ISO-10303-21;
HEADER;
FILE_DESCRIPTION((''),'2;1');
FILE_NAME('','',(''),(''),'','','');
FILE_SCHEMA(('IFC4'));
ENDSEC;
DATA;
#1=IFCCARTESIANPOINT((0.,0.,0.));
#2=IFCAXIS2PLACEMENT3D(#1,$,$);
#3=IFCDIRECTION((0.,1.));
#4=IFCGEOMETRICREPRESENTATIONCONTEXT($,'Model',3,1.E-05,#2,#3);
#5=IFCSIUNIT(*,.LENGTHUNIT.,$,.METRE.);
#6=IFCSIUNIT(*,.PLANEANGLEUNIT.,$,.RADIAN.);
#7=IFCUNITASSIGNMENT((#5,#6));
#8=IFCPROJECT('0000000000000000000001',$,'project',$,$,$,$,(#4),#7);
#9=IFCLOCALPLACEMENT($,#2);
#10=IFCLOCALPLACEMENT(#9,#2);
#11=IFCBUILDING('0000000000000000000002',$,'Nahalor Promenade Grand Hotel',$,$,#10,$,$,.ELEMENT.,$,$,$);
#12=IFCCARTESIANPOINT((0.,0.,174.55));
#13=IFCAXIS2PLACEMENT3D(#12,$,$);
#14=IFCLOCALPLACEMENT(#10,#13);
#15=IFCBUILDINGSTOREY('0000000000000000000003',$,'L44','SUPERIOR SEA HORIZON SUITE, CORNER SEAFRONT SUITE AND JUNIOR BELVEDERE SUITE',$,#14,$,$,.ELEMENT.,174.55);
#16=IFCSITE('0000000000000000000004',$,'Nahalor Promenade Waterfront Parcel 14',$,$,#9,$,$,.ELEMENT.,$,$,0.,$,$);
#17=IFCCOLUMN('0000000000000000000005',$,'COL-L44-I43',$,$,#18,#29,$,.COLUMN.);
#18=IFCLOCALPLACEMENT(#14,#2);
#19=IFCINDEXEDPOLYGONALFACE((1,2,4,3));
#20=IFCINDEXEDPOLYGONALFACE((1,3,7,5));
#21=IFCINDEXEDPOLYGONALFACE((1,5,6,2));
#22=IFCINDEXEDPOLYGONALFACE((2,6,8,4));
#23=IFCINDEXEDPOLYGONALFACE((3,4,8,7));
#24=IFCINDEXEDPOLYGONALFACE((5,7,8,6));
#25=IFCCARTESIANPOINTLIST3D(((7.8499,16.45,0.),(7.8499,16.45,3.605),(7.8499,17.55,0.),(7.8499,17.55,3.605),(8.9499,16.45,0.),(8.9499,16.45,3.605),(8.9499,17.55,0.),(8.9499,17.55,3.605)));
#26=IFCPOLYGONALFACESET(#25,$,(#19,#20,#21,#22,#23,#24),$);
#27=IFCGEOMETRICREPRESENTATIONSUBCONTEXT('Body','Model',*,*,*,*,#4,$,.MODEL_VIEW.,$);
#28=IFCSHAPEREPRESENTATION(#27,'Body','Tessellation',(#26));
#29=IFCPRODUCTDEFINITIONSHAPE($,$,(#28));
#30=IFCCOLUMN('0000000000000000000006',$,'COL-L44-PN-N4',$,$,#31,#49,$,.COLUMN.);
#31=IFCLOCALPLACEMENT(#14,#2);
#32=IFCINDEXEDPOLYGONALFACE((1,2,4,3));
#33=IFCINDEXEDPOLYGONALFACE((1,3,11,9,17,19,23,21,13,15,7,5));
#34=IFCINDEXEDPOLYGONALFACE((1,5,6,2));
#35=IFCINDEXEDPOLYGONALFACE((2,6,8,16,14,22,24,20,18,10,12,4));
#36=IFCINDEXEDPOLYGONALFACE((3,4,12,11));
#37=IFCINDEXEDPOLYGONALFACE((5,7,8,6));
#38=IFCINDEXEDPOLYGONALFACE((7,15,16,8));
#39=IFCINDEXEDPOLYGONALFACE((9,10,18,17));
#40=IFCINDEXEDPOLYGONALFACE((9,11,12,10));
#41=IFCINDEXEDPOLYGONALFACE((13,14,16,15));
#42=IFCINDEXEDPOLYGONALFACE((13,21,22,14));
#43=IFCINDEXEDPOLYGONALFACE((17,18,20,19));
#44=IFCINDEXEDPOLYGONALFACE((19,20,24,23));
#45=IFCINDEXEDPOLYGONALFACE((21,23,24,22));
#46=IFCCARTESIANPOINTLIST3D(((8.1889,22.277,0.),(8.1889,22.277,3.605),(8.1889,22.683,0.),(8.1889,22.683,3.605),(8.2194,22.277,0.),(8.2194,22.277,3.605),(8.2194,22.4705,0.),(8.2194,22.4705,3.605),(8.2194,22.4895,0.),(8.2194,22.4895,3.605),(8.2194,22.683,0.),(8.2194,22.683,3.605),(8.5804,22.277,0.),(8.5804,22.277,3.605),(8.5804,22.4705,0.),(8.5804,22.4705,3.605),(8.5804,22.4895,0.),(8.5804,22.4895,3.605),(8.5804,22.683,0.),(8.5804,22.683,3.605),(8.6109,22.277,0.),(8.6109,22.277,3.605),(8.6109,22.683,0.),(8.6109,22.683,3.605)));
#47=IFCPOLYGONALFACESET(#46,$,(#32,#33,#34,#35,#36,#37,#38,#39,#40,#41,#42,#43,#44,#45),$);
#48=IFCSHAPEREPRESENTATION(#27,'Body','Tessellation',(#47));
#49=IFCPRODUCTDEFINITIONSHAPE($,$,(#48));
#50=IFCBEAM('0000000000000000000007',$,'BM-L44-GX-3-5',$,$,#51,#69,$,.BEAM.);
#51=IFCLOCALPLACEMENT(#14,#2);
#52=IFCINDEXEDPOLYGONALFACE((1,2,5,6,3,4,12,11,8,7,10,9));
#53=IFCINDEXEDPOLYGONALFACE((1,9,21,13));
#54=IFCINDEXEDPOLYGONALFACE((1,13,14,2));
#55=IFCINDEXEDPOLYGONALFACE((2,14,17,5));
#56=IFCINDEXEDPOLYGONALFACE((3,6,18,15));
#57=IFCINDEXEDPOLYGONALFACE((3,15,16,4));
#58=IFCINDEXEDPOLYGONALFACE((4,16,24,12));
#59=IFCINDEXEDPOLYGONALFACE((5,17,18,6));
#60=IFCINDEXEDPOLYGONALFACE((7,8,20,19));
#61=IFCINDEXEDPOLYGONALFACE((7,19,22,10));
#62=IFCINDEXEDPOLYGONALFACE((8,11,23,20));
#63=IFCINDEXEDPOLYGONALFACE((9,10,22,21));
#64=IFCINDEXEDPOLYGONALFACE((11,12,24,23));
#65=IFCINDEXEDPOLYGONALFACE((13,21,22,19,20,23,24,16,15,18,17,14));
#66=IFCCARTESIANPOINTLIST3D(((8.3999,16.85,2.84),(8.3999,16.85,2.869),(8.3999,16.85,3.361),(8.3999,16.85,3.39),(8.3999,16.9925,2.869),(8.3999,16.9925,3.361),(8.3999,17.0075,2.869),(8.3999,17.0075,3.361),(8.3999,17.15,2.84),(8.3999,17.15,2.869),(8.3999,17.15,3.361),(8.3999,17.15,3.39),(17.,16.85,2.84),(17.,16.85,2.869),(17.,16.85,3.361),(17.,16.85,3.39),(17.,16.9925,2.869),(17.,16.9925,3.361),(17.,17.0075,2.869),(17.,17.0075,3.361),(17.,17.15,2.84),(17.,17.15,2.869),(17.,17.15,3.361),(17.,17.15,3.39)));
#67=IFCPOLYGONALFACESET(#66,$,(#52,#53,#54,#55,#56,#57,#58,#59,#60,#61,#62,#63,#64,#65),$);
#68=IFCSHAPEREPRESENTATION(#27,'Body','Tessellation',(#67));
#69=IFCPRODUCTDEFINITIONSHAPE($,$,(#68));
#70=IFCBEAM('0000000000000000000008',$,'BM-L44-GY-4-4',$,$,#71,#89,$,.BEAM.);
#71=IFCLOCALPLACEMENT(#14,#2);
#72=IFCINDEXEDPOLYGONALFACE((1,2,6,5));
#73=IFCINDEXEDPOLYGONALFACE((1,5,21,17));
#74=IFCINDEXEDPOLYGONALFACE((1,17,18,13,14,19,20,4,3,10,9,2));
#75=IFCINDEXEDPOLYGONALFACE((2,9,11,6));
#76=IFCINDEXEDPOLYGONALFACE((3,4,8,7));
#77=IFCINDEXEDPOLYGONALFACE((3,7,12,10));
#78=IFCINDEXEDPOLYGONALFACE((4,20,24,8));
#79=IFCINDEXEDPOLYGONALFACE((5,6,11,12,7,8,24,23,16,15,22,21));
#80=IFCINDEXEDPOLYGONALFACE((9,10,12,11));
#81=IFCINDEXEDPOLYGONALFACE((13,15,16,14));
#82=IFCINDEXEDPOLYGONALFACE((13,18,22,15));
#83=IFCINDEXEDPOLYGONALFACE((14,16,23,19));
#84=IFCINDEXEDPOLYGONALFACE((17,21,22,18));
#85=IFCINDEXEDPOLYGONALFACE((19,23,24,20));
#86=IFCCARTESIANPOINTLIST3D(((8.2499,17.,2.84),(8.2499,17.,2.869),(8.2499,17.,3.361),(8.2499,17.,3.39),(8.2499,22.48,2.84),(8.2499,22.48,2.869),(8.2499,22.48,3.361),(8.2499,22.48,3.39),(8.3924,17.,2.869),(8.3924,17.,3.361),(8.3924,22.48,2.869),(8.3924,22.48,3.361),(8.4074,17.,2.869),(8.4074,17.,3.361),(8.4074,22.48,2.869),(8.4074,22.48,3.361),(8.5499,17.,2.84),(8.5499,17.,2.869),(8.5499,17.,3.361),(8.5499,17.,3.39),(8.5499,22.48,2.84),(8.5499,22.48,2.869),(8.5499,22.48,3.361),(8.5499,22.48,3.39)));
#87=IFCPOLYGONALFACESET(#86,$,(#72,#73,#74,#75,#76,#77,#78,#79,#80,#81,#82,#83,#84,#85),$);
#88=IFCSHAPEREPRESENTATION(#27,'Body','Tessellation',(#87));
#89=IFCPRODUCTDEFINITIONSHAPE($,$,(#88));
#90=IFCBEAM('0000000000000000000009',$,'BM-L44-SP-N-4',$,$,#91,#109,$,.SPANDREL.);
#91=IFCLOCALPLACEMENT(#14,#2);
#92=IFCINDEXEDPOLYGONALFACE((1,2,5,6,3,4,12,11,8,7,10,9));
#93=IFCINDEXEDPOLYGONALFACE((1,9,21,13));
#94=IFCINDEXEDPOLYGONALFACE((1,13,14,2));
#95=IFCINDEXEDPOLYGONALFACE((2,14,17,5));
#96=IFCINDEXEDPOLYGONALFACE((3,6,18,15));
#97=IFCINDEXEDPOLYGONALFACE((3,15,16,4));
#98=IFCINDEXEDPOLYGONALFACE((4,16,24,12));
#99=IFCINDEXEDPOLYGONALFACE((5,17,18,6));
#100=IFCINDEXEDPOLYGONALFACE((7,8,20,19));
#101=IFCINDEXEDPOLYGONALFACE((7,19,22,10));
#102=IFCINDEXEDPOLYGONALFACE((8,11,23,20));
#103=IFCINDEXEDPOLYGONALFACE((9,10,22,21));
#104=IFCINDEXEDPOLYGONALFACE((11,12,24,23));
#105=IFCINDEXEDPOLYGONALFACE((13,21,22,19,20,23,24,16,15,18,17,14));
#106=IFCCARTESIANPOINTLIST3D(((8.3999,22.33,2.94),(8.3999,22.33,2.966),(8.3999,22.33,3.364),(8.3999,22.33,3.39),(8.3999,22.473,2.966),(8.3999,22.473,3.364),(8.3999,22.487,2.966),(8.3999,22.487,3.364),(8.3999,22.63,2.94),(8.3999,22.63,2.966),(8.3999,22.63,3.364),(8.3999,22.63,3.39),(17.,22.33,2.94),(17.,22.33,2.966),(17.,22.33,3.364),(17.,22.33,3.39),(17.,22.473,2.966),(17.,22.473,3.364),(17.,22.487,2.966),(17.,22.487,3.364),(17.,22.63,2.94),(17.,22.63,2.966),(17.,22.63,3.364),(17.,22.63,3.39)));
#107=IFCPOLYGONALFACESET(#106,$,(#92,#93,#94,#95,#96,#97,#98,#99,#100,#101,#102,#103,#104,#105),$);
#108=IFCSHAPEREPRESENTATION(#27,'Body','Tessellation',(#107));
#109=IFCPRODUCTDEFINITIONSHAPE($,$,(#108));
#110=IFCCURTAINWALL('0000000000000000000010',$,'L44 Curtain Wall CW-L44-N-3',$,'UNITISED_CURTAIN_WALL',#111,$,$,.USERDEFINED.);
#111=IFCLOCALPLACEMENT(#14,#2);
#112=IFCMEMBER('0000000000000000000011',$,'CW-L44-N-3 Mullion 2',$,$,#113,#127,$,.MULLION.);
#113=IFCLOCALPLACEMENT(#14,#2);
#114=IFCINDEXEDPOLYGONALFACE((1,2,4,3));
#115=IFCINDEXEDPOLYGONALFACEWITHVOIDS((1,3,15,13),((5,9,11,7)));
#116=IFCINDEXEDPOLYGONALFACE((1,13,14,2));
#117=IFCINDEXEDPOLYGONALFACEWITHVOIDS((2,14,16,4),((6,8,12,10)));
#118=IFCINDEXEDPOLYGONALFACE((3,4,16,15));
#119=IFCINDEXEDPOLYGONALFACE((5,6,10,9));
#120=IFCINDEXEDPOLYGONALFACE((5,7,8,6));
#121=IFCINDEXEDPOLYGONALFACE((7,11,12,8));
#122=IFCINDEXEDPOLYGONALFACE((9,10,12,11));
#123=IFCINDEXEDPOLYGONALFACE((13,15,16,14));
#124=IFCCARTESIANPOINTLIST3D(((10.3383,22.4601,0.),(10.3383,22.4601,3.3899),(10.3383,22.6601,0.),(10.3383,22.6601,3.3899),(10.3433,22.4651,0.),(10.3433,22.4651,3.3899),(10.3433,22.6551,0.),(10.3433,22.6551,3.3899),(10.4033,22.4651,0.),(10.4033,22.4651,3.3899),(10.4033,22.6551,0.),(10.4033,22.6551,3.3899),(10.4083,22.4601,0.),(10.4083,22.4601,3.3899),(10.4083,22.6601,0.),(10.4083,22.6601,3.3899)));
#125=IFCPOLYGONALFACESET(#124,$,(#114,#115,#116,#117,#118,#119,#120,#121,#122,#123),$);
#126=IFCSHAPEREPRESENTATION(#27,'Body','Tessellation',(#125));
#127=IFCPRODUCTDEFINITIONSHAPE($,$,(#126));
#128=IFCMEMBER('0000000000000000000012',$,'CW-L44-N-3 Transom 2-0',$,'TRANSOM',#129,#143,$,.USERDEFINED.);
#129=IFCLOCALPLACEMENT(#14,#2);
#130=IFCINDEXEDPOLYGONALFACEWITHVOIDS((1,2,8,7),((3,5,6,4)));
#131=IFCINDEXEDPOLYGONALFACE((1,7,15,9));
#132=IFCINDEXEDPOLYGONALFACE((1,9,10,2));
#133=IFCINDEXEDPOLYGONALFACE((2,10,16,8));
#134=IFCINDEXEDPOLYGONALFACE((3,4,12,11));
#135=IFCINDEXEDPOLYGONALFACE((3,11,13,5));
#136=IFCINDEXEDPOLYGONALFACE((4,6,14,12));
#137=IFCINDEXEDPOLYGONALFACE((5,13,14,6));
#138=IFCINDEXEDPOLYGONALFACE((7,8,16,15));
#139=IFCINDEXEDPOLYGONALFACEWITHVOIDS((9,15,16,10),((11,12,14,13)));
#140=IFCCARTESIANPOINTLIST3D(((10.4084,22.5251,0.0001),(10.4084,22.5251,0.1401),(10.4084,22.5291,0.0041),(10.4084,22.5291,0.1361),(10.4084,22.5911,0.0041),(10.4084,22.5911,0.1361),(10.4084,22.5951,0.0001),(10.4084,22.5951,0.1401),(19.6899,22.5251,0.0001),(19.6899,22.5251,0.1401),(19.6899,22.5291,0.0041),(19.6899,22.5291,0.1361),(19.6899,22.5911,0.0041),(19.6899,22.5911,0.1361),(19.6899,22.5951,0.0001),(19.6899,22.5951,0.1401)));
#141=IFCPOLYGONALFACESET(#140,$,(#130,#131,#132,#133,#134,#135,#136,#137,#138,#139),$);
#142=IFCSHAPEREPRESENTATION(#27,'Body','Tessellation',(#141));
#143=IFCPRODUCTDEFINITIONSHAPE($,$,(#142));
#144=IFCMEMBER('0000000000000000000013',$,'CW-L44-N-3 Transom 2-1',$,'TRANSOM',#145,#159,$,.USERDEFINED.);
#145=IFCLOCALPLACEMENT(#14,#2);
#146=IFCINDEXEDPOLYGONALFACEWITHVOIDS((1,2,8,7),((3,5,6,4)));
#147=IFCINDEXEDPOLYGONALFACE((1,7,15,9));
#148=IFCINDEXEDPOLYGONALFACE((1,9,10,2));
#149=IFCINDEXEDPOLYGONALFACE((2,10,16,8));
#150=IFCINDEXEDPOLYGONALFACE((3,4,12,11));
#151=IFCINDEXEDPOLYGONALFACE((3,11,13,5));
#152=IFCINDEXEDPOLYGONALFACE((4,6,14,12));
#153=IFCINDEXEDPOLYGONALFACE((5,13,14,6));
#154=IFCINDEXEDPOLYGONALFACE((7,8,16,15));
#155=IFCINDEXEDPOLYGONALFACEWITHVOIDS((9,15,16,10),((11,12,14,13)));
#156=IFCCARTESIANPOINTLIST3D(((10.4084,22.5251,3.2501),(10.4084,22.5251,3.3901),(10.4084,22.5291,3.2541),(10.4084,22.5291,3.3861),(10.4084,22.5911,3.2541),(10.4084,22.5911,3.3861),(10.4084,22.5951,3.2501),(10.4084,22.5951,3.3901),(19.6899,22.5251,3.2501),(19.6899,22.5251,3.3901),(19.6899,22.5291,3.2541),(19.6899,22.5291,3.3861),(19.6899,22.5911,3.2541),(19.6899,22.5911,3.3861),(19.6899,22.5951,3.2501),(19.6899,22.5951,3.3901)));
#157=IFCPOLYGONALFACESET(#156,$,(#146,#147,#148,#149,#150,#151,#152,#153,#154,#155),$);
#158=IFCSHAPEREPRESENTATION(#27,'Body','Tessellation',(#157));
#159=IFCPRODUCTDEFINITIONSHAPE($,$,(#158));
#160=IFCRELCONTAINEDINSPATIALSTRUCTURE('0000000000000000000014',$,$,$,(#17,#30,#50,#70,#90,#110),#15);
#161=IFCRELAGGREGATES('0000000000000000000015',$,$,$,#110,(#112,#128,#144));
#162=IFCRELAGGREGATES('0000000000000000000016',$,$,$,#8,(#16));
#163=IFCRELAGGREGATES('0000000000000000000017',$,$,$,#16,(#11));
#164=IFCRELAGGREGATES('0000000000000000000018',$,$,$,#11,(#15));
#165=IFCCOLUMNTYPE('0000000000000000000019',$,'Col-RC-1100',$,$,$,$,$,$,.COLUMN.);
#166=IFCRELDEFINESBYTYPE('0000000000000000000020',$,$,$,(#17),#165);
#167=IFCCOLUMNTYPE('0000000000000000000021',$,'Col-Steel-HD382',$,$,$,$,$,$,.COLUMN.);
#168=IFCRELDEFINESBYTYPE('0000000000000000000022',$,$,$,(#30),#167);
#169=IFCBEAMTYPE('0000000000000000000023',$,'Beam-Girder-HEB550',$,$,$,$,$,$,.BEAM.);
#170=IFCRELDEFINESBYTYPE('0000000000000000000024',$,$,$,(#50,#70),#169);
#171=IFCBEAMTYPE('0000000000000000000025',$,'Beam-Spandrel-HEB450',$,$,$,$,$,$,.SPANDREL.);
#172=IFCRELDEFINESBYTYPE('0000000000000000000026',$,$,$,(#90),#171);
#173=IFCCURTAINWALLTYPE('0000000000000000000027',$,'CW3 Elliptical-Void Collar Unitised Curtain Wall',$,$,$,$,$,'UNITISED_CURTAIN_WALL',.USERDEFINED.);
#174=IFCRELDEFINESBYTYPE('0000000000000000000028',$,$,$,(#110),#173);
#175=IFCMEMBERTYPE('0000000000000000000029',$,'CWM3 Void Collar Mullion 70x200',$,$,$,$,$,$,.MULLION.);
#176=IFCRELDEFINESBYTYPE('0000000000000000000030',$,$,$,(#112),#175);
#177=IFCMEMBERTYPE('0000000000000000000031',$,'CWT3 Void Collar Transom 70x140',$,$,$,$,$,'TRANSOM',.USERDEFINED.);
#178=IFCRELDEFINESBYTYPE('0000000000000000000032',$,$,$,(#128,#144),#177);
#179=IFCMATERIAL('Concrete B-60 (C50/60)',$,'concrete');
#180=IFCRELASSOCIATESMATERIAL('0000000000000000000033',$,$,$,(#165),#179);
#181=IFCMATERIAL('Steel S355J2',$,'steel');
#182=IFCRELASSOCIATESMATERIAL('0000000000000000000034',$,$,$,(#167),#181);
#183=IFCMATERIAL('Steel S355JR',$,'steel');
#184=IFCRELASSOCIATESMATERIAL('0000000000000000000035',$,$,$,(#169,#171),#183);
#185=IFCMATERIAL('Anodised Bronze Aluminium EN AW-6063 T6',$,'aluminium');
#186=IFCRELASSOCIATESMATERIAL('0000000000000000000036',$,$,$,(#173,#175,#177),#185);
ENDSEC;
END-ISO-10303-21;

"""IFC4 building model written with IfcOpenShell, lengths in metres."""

from ifc_helpers import new_model, si_unit, direction, frame, origin, origin_2d, place, context, subcontext, project, spatial, rectangle, hollow_rectangle, i_section, extrude, source, transform, mapped, material, material_profile, profile_set, type_object, element, aggregate, save


model = new_model("IFC4")

# Units and contexts
model_context = context("Model", 3, precision=1e-05, world=origin(), true_north=direction((0.0, 1.0)))
body_context = subcontext(model_context, "Body", "Model", "MODEL_VIEW")
ifc_project = project(units=[si_unit("LENGTHUNIT", "METRE"), si_unit("PLANEANGLEUNIT", "RADIAN")], contexts=[model_context])

# Site, building, storey
site_placement = place(None, origin())
site = spatial("IfcSite", under=ifc_project, at=site_placement, Name="Nahalor Promenade Waterfront Parcel 14", CompositionType="ELEMENT", RefElevation=0.0)
building_placement = place(site_placement, origin())
building = spatial("IfcBuilding", under=site, at=building_placement, Name="Nahalor Promenade Grand Hotel", CompositionType="ELEMENT")
storey_placement = place(building_placement, frame((0.0, 0.0, 174.55)))
storey = spatial("IfcBuildingStorey", under=building, at=storey_placement, Name="L44", Description="SUPERIOR SEA HORIZON SUITE, CORNER SEAFRONT SUITE AND JUNIOR BELVEDERE SUITE", CompositionType="ELEMENT", Elevation=174.55)

# Columns
ifc_material_1 = material(Name="Concrete B-60 (C50/60)", Category="concrete")
ifc_material_profile_1 = material_profile(ifc_material_1, rectangle(XDim=1.1, YDim=1.1, at=origin_2d()), Name="RC 1100x1100")
ifc_profile_set_1 = profile_set([ifc_material_profile_1], Name="Concrete B-60 (C50/60)")
column_type_1 = type_object("IfcColumnType", Name="Col-RC-1100", PredefinedType="COLUMN", material=ifc_profile_set_1)
shared_shape_1 = source(origin(), body_context, "Body", "SweptSolid", [
    extrude(rectangle(XDim=1.1, YDim=1.1, at=origin_2d()), origin(), (0.0, 0.0, 1.0), 3.605),
])
column_1_placement = place(storey_placement, frame((8.3999, 17.0, 0.0), z_axis=(0.0, 0.0, 1.0), x_axis=(1.0, 0.0, 0.0)))
element("IfcColumn", 1, at=column_1_placement, inside=storey, type_object=column_type_1, Name="COL-L44-I43", PredefinedType="COLUMN", context=body_context, shape_type="MappedRepresentation", body=[
    mapped(shared_shape_1, transform((0.0, 0.0, 0.0), scale=1.0)),
])
ifc_material_2 = material(Name="Steel S355J2", Category="steel")
ifc_material_profile_2 = material_profile(ifc_material_2, i_section(OverallWidth=0.406, OverallDepth=0.422, WebThickness=0.019, FlangeThickness=0.0305, at=origin_2d()), Name="HD 400x382")
ifc_profile_set_2 = profile_set([ifc_material_profile_2], Name="Steel S355J2")
column_type_2 = type_object("IfcColumnType", Name="Col-Steel-HD382", PredefinedType="COLUMN", material=ifc_profile_set_2)
shared_shape_2 = source(origin(), body_context, "Body", "SweptSolid", [
    extrude(i_section(OverallWidth=0.406, OverallDepth=0.422, WebThickness=0.019, FlangeThickness=0.0305, at=origin_2d()), origin(), (0.0, 0.0, 1.0), 3.605),
])
column_2_placement = place(storey_placement, frame((8.3999, 22.48, 0.0), z_axis=(0.0, 0.0, 1.0), x_axis=(0.0, 1.0, 0.0)))
element("IfcColumn", 2, at=column_2_placement, inside=storey, type_object=column_type_2, Name="COL-L44-PN-N4", PredefinedType="COLUMN", context=body_context, shape_type="MappedRepresentation", body=[
    mapped(shared_shape_2, transform((0.0, 0.0, 0.0), scale=1.0)),
])

# Beams
ifc_material_3 = material(Name="Steel S355JR", Category="steel")
ifc_material_profile_3 = material_profile(ifc_material_3, i_section(OverallWidth=0.3, OverallDepth=0.55, WebThickness=0.015, FlangeThickness=0.029, at=origin_2d()), Name="HEB 550")
ifc_profile_set_3 = profile_set([ifc_material_profile_3], Name="Steel S355JR")
beam_type_1 = type_object("IfcBeamType", Name="Beam-Girder-HEB550", PredefinedType="BEAM", material=ifc_profile_set_3)
shared_shape_3 = source(origin(), body_context, "Body", "SweptSolid", [
    extrude(i_section(OverallWidth=0.3, OverallDepth=0.55, WebThickness=0.015, FlangeThickness=0.029, at=origin_2d()), origin(), (0.0, 0.0, 1.0), 8.6001),
])
beam_1_placement = place(storey_placement, frame((8.3999, 17.0, 3.115), z_axis=(1.0, 0.0, 0.0), x_axis=(0.0, 1.0, 0.0)))
element("IfcBeam", 3, at=beam_1_placement, inside=storey, type_object=beam_type_1, Name="BM-L44-GX-3-5", PredefinedType="BEAM", context=body_context, shape_type="MappedRepresentation", body=[
    mapped(shared_shape_3, transform((0.0, 0.0, 0.0), scale=1.0)),
])
shared_shape_4 = source(origin(), body_context, "Body", "SweptSolid", [
    extrude(i_section(OverallWidth=0.3, OverallDepth=0.55, WebThickness=0.015, FlangeThickness=0.029, at=origin_2d()), origin(), (0.0, 0.0, 1.0), 5.48),
])
beam_2_placement = place(storey_placement, frame((8.3999, 17.0, 3.115), z_axis=(0.0, 1.0, 0.0), x_axis=(-1.0, 0.0, 0.0)))
element("IfcBeam", 4, at=beam_2_placement, inside=storey, type_object=beam_type_1, Name="BM-L44-GY-4-4", PredefinedType="BEAM", context=body_context, shape_type="MappedRepresentation", body=[
    mapped(shared_shape_4, transform((0.0, 0.0, 0.0), scale=1.0)),
])
ifc_material_profile_4 = material_profile(ifc_material_3, i_section(OverallWidth=0.3, OverallDepth=0.45, WebThickness=0.014, FlangeThickness=0.026, at=origin_2d()), Name="HEB 450")
ifc_profile_set_4 = profile_set([ifc_material_profile_4], Name="Steel S355JR")
beam_type_2 = type_object("IfcBeamType", Name="Beam-Spandrel-HEB450", PredefinedType="SPANDREL", material=ifc_profile_set_4)
shared_shape_5 = source(origin(), body_context, "Body", "SweptSolid", [
    extrude(i_section(OverallWidth=0.3, OverallDepth=0.45, WebThickness=0.014, FlangeThickness=0.026, at=origin_2d()), origin(), (0.0, 0.0, 1.0), 8.6001),
])
beam_3_placement = place(storey_placement, frame((8.3999, 22.48, 3.165), z_axis=(1.0, 0.0, 0.0), x_axis=(0.0, 1.0, 0.0)))
element("IfcBeam", 5, at=beam_3_placement, inside=storey, type_object=beam_type_2, Name="BM-L44-SP-N-4", PredefinedType="SPANDREL", context=body_context, shape_type="MappedRepresentation", body=[
    mapped(shared_shape_5, transform((0.0, 0.0, 0.0), scale=1.0)),
])

# Curtain wall, members
ifc_material_4 = material(Name="Anodised Bronze Aluminium EN AW-6063 T6", Category="aluminium")
curtain_wall_type = type_object("IfcCurtainWallType", Name="CW3 Elliptical-Void Collar Unitised Curtain Wall", ElementType="UNITISED_CURTAIN_WALL", PredefinedType="USERDEFINED", material=ifc_material_4)
curtain_wall_placement = place(storey_placement, origin())
curtain_wall = element("IfcCurtainWall", 6, at=curtain_wall_placement, inside=storey, type_object=curtain_wall_type, Name="L44 Curtain Wall CW-L44-N-3", ObjectType="UNITISED_CURTAIN_WALL", PredefinedType="USERDEFINED")
ifc_material_profile_5 = material_profile(ifc_material_4, hollow_rectangle(XDim=0.07, YDim=0.2, WallThickness=0.005, at=origin_2d()), Name="CWM 70x200x5")
ifc_profile_set_5 = profile_set([ifc_material_profile_5], Name="Anodised Bronze Aluminium EN AW-6063 T6")
member_type_1 = type_object("IfcMemberType", Name="CWM3 Void Collar Mullion 70x200", PredefinedType="MULLION", material=ifc_profile_set_5)
shared_shape_6 = source(origin(), body_context, "Body", "SweptSolid", [
    extrude(hollow_rectangle(XDim=0.07, YDim=0.2, WallThickness=0.005, at=origin_2d()), origin(), (0.0, 0.0, 1.0), 3.3899),
])
member_1_placement = place(storey_placement, frame((10.3733, 22.5601, 0.0), z_axis=(0.0, 0.0, 1.0), x_axis=(1.0, 0.0, 0.0)))
member_1 = element("IfcMember", 7, at=member_1_placement, type_object=member_type_1, Name="CW-L44-N-3 Mullion 2", PredefinedType="MULLION", context=body_context, shape_type="MappedRepresentation", body=[
    mapped(shared_shape_6, transform((0.0, 0.0, 0.0), scale=1.0)),
])
ifc_material_profile_6 = material_profile(ifc_material_4, hollow_rectangle(XDim=0.07, YDim=0.14, WallThickness=0.004, at=origin_2d()), Name="CWT 70x140x4")
ifc_profile_set_6 = profile_set([ifc_material_profile_6], Name="Anodised Bronze Aluminium EN AW-6063 T6")
member_type_2 = type_object("IfcMemberType", Name="CWT3 Void Collar Transom 70x140", ElementType="TRANSOM", PredefinedType="USERDEFINED", material=ifc_profile_set_6)
shared_shape_7 = source(origin(), body_context, "Body", "SweptSolid", [
    extrude(hollow_rectangle(XDim=0.07, YDim=0.14, WallThickness=0.004, at=origin_2d()), origin(), (0.0, 0.0, 1.0), 9.2815),
])
member_2_placement = place(storey_placement, frame((10.4084, 22.5601, 0.0701), z_axis=(1.0, 0.0, 0.0), x_axis=(0.0, 1.0, 0.0)))
member_2 = element("IfcMember", 8, at=member_2_placement, type_object=member_type_2, Name="CW-L44-N-3 Transom 2-0", ObjectType="TRANSOM", PredefinedType="USERDEFINED", context=body_context, shape_type="MappedRepresentation", body=[
    mapped(shared_shape_7, transform((0.0, 0.0, 0.0), scale=1.0)),
])
member_3_placement = place(storey_placement, frame((10.4084, 22.5601, 3.3201), z_axis=(1.0, 0.0, 0.0), x_axis=(0.0, 1.0, 0.0)))
member_3 = element("IfcMember", 9, at=member_3_placement, type_object=member_type_2, Name="CW-L44-N-3 Transom 2-1", ObjectType="TRANSOM", PredefinedType="USERDEFINED", context=body_context, shape_type="MappedRepresentation", body=[
    mapped(shared_shape_7, transform((0.0, 0.0, 0.0), scale=1.0)),
])
aggregate(curtain_wall, [member_1, member_2, member_3])

save(model, "model.ifc")
